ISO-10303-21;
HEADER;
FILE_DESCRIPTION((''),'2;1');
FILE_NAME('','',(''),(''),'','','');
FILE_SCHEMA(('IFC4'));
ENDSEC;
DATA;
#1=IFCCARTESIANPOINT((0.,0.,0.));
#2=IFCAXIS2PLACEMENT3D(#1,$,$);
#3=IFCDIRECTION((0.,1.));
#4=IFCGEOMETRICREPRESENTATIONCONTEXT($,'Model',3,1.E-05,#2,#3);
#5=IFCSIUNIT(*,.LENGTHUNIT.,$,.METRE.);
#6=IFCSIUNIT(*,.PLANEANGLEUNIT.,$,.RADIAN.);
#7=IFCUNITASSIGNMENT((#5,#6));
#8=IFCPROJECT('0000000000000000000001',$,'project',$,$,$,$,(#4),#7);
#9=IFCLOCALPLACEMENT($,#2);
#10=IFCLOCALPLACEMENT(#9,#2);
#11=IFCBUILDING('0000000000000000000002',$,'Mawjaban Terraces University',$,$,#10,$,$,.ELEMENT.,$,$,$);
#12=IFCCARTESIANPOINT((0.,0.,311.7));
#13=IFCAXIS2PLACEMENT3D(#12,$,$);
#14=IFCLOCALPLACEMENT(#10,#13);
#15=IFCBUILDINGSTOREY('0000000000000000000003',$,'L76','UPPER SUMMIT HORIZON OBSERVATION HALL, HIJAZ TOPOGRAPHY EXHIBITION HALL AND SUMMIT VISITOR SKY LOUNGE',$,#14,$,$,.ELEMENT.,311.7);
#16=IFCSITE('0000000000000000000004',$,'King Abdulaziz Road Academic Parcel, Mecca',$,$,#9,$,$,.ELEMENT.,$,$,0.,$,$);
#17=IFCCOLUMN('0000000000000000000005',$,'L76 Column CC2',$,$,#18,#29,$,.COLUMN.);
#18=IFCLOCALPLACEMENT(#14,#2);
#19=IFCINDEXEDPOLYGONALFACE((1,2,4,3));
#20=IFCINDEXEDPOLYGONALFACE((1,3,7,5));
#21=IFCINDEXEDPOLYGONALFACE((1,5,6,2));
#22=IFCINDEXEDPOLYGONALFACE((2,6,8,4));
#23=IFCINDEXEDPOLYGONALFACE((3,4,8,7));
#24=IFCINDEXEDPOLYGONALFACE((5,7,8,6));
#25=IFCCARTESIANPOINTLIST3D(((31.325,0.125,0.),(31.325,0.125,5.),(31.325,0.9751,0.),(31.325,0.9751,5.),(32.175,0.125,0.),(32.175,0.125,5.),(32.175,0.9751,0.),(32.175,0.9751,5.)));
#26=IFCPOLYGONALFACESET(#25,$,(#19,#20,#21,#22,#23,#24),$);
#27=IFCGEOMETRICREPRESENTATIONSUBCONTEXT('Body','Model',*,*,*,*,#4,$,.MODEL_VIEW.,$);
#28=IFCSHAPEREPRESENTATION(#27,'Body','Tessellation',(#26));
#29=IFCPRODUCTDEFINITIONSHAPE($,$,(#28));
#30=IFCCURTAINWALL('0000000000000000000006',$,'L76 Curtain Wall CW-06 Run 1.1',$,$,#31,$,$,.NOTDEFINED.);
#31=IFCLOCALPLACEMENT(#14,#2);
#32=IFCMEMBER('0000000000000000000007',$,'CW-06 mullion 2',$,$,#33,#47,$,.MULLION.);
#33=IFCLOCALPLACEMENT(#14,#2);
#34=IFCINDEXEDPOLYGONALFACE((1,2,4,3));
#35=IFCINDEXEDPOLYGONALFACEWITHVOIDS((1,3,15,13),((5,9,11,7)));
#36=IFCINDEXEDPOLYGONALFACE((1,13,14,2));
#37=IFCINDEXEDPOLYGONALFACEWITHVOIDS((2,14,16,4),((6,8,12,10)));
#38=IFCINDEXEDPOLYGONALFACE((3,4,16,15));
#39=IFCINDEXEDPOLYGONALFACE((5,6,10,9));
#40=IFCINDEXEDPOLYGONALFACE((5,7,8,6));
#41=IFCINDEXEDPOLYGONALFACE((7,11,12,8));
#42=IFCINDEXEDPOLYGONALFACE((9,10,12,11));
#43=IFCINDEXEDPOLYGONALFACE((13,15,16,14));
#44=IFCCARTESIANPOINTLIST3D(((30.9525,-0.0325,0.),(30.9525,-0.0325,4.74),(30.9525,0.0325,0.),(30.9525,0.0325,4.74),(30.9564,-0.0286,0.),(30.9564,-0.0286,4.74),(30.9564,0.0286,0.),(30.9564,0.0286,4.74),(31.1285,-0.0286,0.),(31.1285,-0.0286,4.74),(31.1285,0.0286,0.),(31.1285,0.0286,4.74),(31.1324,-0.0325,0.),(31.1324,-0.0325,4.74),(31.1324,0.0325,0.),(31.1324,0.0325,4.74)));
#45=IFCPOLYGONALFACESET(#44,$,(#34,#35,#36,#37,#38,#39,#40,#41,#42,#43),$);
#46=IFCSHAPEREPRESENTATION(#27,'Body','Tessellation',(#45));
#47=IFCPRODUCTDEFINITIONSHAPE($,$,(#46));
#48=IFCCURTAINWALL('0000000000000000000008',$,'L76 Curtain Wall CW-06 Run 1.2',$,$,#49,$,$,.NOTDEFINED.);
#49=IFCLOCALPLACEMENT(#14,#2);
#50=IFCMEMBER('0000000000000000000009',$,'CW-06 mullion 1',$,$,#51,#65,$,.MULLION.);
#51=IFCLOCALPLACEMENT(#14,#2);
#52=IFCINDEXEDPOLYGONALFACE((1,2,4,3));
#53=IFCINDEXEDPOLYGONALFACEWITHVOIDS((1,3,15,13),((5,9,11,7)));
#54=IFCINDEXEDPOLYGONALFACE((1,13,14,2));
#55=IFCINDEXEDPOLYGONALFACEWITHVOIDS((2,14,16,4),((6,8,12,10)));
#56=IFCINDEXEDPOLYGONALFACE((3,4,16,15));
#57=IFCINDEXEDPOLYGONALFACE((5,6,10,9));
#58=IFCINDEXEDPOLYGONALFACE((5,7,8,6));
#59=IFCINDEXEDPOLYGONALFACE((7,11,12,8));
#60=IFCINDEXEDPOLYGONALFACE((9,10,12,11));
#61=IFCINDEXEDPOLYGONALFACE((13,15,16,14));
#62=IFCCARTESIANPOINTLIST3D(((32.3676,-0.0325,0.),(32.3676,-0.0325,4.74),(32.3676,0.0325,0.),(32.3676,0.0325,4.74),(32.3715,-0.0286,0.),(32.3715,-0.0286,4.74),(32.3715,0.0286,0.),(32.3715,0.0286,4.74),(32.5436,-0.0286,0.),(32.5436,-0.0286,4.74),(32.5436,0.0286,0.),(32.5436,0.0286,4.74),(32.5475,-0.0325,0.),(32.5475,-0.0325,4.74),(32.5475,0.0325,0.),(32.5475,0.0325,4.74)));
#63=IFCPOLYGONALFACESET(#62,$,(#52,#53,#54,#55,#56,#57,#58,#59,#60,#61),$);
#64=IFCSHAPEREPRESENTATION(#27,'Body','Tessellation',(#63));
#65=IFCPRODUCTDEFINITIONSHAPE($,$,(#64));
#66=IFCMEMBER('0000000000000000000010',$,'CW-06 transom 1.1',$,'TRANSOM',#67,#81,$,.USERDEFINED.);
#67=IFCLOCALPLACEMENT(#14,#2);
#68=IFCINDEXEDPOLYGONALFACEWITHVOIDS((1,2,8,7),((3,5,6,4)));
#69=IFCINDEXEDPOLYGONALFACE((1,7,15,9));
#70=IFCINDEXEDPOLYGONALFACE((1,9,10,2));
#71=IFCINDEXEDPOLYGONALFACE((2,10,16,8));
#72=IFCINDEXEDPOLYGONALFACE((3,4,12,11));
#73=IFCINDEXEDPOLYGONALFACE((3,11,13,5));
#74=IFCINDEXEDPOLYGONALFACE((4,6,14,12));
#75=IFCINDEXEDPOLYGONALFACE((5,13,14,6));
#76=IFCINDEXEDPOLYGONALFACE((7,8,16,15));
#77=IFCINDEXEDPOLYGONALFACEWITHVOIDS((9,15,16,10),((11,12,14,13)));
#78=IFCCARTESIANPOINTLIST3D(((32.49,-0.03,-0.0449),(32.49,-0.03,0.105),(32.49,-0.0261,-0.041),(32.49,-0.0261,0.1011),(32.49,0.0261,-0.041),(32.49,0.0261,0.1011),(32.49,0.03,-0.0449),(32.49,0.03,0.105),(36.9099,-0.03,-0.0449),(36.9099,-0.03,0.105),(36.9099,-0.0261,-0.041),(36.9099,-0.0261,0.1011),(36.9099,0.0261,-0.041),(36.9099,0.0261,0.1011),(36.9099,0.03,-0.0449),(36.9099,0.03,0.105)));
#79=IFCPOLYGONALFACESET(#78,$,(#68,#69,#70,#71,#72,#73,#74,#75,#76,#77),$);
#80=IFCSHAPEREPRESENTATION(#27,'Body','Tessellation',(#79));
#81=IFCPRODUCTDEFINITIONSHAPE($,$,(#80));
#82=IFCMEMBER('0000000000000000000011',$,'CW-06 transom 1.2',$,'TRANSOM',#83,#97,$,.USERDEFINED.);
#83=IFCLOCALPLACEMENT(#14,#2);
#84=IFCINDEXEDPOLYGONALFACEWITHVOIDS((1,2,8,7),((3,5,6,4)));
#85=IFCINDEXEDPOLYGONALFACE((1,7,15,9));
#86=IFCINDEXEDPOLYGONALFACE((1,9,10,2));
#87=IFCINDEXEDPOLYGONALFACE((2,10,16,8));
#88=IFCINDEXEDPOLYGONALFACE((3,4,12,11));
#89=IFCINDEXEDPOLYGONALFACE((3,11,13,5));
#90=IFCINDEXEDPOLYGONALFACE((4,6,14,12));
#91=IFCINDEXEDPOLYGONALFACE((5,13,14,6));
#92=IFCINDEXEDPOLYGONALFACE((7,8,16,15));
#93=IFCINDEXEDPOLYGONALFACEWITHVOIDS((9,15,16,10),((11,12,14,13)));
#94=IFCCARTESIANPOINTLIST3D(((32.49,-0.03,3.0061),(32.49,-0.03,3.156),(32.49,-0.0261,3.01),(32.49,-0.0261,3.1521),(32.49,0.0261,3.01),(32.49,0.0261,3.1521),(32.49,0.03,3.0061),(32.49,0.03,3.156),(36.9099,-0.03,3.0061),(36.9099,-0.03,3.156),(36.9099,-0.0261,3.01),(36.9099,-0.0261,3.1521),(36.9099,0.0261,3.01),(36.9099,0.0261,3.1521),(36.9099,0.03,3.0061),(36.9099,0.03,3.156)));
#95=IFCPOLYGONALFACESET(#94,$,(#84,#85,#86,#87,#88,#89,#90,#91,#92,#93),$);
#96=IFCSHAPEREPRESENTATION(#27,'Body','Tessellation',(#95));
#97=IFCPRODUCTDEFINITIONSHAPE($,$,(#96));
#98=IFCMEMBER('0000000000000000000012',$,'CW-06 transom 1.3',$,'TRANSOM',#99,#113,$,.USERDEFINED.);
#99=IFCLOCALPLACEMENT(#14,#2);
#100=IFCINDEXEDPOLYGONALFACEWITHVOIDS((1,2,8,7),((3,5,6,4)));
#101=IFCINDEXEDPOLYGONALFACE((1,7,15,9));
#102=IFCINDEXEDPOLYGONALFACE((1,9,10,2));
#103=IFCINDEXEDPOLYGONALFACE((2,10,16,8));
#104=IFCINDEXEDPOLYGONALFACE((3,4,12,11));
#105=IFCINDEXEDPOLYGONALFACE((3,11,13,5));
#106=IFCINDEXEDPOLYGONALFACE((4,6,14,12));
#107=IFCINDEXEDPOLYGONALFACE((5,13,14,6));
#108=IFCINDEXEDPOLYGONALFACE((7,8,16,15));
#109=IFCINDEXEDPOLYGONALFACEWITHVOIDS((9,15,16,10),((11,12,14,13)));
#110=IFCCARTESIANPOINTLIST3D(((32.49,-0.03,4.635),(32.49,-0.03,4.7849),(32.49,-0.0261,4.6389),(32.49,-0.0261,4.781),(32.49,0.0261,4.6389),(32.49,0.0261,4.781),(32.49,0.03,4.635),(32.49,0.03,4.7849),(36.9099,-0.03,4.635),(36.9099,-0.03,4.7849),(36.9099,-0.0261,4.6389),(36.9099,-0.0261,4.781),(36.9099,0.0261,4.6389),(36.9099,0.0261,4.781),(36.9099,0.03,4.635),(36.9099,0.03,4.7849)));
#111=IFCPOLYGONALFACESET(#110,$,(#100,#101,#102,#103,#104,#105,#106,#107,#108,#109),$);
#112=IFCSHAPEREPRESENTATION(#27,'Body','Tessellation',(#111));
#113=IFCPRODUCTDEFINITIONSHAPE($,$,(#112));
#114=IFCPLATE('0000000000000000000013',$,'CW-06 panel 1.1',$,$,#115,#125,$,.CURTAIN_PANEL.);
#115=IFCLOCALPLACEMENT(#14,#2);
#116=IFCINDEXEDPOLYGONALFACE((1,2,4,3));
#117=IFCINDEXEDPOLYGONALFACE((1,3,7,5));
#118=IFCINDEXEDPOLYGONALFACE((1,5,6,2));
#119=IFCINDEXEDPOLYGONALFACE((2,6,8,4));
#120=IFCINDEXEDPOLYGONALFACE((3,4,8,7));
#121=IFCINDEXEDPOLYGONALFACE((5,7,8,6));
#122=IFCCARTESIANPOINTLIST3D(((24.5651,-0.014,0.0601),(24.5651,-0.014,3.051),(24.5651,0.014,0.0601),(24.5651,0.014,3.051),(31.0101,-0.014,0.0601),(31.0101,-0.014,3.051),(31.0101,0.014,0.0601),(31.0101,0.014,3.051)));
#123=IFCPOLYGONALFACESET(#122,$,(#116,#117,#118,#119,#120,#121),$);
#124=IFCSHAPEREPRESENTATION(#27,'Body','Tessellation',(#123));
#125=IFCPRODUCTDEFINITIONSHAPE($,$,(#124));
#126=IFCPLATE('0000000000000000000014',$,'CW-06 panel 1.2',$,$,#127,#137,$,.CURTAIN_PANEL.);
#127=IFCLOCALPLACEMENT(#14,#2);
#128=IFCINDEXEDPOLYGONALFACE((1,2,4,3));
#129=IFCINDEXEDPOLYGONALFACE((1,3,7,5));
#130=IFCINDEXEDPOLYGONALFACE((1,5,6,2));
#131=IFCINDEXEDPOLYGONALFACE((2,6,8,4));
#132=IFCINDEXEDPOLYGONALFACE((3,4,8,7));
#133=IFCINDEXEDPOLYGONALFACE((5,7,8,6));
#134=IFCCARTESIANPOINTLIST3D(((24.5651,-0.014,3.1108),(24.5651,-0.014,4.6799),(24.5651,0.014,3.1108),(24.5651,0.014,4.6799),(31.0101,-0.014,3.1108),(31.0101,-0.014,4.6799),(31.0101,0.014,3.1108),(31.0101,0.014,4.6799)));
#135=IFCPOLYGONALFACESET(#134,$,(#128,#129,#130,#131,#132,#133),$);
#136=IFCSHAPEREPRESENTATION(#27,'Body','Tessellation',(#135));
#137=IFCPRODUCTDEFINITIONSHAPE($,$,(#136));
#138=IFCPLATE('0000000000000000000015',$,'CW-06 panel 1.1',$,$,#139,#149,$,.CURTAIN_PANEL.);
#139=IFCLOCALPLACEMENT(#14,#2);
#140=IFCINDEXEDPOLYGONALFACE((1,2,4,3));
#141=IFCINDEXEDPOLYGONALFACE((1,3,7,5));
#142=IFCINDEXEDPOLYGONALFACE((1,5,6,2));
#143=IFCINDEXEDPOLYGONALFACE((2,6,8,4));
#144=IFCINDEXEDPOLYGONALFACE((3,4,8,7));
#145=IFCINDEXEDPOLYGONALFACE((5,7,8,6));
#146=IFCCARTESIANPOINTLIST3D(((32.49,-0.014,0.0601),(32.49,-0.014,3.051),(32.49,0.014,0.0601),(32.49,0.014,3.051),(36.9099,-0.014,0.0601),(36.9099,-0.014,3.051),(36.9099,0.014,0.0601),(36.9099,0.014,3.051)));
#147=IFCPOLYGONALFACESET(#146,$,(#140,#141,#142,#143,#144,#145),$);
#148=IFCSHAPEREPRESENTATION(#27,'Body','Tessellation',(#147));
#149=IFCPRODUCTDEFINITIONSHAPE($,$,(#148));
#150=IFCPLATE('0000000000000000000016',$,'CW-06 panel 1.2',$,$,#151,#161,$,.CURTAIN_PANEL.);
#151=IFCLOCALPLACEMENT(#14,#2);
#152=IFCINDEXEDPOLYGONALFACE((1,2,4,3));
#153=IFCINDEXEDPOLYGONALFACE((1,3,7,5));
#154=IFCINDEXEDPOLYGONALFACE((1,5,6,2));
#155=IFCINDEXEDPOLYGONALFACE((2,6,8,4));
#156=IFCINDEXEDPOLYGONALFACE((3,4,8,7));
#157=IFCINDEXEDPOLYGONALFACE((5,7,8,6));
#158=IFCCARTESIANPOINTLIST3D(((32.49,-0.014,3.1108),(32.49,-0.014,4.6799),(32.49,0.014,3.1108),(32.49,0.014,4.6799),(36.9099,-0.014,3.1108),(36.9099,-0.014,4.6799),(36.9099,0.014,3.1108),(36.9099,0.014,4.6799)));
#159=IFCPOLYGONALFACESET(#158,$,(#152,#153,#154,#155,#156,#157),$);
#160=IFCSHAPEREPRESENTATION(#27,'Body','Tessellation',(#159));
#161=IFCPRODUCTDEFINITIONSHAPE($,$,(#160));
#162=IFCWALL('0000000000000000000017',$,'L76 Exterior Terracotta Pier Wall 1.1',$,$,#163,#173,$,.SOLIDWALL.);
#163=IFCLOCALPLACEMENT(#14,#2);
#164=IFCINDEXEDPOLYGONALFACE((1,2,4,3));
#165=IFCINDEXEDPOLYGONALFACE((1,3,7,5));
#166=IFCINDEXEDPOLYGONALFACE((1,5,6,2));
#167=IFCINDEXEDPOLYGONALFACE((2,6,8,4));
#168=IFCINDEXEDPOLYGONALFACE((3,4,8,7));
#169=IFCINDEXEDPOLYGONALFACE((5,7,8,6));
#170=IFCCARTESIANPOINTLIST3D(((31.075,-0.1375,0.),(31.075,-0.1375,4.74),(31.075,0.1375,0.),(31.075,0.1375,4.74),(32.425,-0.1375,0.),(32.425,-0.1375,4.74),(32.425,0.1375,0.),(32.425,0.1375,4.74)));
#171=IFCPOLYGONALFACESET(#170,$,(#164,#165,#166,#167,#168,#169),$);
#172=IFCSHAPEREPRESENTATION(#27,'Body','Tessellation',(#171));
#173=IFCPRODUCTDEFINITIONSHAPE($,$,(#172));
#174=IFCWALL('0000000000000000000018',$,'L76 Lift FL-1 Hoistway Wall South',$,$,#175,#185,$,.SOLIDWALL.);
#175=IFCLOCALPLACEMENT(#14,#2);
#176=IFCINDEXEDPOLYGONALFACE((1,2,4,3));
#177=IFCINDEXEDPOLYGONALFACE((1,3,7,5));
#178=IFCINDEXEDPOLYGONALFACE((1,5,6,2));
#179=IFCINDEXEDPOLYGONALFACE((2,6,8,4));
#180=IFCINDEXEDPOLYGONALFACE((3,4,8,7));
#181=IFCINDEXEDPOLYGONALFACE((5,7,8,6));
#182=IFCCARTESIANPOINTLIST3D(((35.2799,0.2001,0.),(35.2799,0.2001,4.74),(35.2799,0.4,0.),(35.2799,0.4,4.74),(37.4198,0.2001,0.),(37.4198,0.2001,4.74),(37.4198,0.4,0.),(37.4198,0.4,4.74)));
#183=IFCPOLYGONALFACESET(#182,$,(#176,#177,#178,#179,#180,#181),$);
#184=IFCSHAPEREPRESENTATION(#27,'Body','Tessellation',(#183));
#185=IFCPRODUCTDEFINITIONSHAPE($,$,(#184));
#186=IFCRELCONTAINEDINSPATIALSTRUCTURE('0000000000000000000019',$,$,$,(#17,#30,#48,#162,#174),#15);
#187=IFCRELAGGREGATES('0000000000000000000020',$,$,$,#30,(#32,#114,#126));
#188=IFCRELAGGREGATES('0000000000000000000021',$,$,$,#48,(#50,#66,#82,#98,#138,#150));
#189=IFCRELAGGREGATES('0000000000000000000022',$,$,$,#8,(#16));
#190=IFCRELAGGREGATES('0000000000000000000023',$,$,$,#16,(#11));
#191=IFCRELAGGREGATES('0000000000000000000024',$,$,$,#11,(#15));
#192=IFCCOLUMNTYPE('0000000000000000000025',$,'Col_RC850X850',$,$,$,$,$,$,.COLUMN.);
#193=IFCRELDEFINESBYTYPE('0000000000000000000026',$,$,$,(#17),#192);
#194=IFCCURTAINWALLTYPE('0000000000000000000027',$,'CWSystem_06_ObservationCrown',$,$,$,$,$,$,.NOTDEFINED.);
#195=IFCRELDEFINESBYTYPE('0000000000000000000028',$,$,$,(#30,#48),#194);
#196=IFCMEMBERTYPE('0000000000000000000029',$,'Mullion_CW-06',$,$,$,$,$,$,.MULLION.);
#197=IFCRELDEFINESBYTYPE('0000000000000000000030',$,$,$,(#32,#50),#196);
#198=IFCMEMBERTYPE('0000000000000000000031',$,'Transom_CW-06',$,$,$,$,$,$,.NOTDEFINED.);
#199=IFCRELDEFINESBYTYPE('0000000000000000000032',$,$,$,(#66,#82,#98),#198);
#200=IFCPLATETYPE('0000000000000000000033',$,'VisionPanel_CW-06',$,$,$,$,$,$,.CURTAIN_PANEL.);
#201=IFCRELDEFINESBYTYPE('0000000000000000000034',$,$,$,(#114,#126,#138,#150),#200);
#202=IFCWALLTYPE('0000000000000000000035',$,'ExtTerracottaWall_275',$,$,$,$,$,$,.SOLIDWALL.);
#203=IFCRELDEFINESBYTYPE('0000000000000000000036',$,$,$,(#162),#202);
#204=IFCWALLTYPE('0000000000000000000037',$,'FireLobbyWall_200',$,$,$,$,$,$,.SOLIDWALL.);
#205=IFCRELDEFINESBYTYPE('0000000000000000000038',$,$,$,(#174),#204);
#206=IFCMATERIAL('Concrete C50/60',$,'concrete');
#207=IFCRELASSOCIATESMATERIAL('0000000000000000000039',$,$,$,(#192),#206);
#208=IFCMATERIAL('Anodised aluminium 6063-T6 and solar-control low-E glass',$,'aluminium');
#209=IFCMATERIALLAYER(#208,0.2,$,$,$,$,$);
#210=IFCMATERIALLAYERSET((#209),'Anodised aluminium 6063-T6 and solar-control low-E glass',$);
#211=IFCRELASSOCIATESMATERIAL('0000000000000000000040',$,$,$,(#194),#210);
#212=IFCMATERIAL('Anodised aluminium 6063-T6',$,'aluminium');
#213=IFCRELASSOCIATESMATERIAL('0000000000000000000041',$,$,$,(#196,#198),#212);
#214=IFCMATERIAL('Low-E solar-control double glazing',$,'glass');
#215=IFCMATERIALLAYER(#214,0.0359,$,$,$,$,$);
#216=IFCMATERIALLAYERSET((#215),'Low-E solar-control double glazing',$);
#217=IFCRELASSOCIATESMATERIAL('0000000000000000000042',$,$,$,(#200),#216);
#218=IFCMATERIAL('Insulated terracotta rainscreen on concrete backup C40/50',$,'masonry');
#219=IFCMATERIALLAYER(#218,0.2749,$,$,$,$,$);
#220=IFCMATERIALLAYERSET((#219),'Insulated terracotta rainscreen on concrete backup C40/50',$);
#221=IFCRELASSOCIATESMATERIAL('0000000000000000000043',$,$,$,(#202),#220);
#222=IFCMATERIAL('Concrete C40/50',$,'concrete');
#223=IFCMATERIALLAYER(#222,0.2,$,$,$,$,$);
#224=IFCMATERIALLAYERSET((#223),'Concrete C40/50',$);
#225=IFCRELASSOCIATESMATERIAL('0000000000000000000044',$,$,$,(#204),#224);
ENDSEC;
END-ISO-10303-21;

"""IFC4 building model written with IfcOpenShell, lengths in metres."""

from ifc_helpers import new_model, si_unit, direction, frame, frame_2d, origin, origin_2d, place, context, subcontext, project, spatial, rectangle, hollow_rectangle, extrude, material, layer, layer_set, material_profile, profile_set, type_object, element, aggregate, save


model = new_model("IFC4")

# Units and contexts
model_context = context("Model", 3, precision=1e-05, world=origin(), true_north=direction((0.0, 1.0)))
body_context = subcontext(model_context, "Body", "Model", "MODEL_VIEW")
ifc_project = project(units=[si_unit("LENGTHUNIT", "METRE"), si_unit("PLANEANGLEUNIT", "RADIAN")], contexts=[model_context])

# Site, building, storey
site_placement = place(None, origin())
site = spatial("IfcSite", under=ifc_project, at=site_placement, Name="King Abdulaziz Road Academic Parcel, Mecca", CompositionType="ELEMENT", RefElevation=0.0)
building_placement = place(site_placement, origin())
building = spatial("IfcBuilding", under=site, at=building_placement, Name="Mawjaban Terraces University", CompositionType="ELEMENT")
storey_placement = place(building_placement, frame((0.0, 0.0, 311.7)))
storey = spatial("IfcBuildingStorey", under=building, at=storey_placement, Name="L76", Description="UPPER SUMMIT HORIZON OBSERVATION HALL, HIJAZ TOPOGRAPHY EXHIBITION HALL AND SUMMIT VISITOR SKY LOUNGE", CompositionType="ELEMENT", Elevation=311.7)

# Column
ifc_material_1 = material(Name="Concrete C50/60", Category="concrete")
ifc_material_profile_1 = material_profile(ifc_material_1, rectangle(XDim=0.8501, YDim=0.8501, at=origin_2d()), Name="RC850X850")
ifc_profile_set_1 = profile_set([ifc_material_profile_1], Name="Concrete C50/60")
column_type = type_object("IfcColumnType", Name="Col_RC850X850", PredefinedType="COLUMN", material=ifc_profile_set_1)
column_placement = place(storey_placement, frame((31.75, 0.55, 0.0), z_axis=(0.0, 0.0, 1.0), x_axis=(1.0, 0.0, 0.0)))
element("IfcColumn", 1, at=column_placement, inside=storey, type_object=column_type, Name="L76 Column CC2", PredefinedType="COLUMN", context=body_context, shape_type="SweptSolid", body=[
    extrude(rectangle(XDim=0.8501, YDim=0.8501, at=origin_2d()), origin(), (0.0, 0.0, 1.0), 5.0),
])

# Curtain wall, member
ifc_material_2 = material(Name="Anodised aluminium 6063-T6 and solar-control low-E glass", Category="aluminium")
ifc_layer_1 = layer(ifc_material_2, 0.2)
ifc_layer_set_1 = layer_set([ifc_layer_1], Name="Anodised aluminium 6063-T6 and solar-control low-E glass")
curtain_wall_type = type_object("IfcCurtainWallType", Name="CWSystem_06_ObservationCrown", PredefinedType="NOTDEFINED", material=ifc_layer_set_1)
curtain_wall_1_placement = place(storey_placement, origin())
curtain_wall_1 = element("IfcCurtainWall", 2, at=curtain_wall_1_placement, inside=storey, type_object=curtain_wall_type, Name="L76 Curtain Wall CW-06 Run 1.1", PredefinedType="NOTDEFINED")
ifc_material_3 = material(Name="Anodised aluminium 6063-T6", Category="aluminium")
ifc_material_profile_2 = material_profile(ifc_material_3, hollow_rectangle(XDim=0.0649, YDim=0.1799, WallThickness=0.0039, at=origin_2d()), Name="ALU180X65X4")
ifc_profile_set_2 = profile_set([ifc_material_profile_2], Name="Anodised aluminium 6063-T6")
member_type_1 = type_object("IfcMemberType", Name="Mullion_CW-06", PredefinedType="MULLION", material=ifc_profile_set_2)
member_1_placement = place(storey_placement, frame((31.0425, 0.0, 0.0), z_axis=(0.0, 0.0, 1.0), x_axis=(0.0, 1.0, 0.0)))
member_1 = element("IfcMember", 3, at=member_1_placement, type_object=member_type_1, Name="CW-06 mullion 2", PredefinedType="MULLION", context=body_context, shape_type="SweptSolid", body=[
    extrude(hollow_rectangle(XDim=0.0649, YDim=0.1799, WallThickness=0.0039, at=origin_2d()), origin(), (0.0, 0.0, 1.0), 4.74),
])

# Curtain wall, members
curtain_wall_2_placement = place(storey_placement, origin())
curtain_wall_2 = element("IfcCurtainWall", 4, at=curtain_wall_2_placement, inside=storey, type_object=curtain_wall_type, Name="L76 Curtain Wall CW-06 Run 1.2", PredefinedType="NOTDEFINED")
member_2_placement = place(storey_placement, frame((32.4575, 0.0, 0.0), z_axis=(0.0, 0.0, 1.0), x_axis=(0.0, 1.0, 0.0)))
member_2 = element("IfcMember", 5, at=member_2_placement, type_object=member_type_1, Name="CW-06 mullion 1", PredefinedType="MULLION", context=body_context, shape_type="SweptSolid", body=[
    extrude(hollow_rectangle(XDim=0.0649, YDim=0.1799, WallThickness=0.0039, at=origin_2d()), origin(), (0.0, 0.0, 1.0), 4.74),
])
ifc_material_profile_3 = material_profile(ifc_material_3, hollow_rectangle(XDim=0.0601, YDim=0.1499, WallThickness=0.0039, at=origin_2d()), Name="ALU150X60X4")
ifc_profile_set_3 = profile_set([ifc_material_profile_3], Name="Anodised aluminium 6063-T6")
member_type_2 = type_object("IfcMemberType", Name="Transom_CW-06", PredefinedType="NOTDEFINED", material=ifc_profile_set_3)
member_3_placement = place(storey_placement, frame((32.49, 0.0, 0.03), z_axis=(1.0, 0.0, 0.0), x_axis=(0.0, 1.0, 0.0)))
member_3 = element("IfcMember", 6, at=member_3_placement, type_object=member_type_2, Name="CW-06 transom 1.1", ObjectType="TRANSOM", PredefinedType="USERDEFINED", context=body_context, shape_type="SweptSolid", body=[
    extrude(hollow_rectangle(XDim=0.0601, YDim=0.1499, WallThickness=0.0039, at=origin_2d()), origin(), (0.0, 0.0, 1.0), 4.4199),
])
member_4_placement = place(storey_placement, frame((32.49, 0.0, 3.0811), z_axis=(1.0, 0.0, 0.0), x_axis=(0.0, 1.0, 0.0)))
member_4 = element("IfcMember", 7, at=member_4_placement, type_object=member_type_2, Name="CW-06 transom 1.2", ObjectType="TRANSOM", PredefinedType="USERDEFINED", context=body_context, shape_type="SweptSolid", body=[
    extrude(hollow_rectangle(XDim=0.0601, YDim=0.1499, WallThickness=0.0039, at=origin_2d()), origin(), (0.0, 0.0, 1.0), 4.4199),
])
member_5_placement = place(storey_placement, frame((32.49, 0.0, 4.71), z_axis=(1.0, 0.0, 0.0), x_axis=(0.0, 1.0, 0.0)))
member_5 = element("IfcMember", 8, at=member_5_placement, type_object=member_type_2, Name="CW-06 transom 1.3", ObjectType="TRANSOM", PredefinedType="USERDEFINED", context=body_context, shape_type="SweptSolid", body=[
    extrude(hollow_rectangle(XDim=0.0601, YDim=0.1499, WallThickness=0.0039, at=origin_2d()), origin(), (0.0, 0.0, 1.0), 4.4199),
])

# Plates
ifc_material_4 = material(Name="Low-E solar-control double glazing", Category="glass")
ifc_layer_2 = layer(ifc_material_4, 0.0359)
ifc_layer_set_2 = layer_set([ifc_layer_2], Name="Low-E solar-control double glazing")
plate_type = type_object("IfcPlateType", Name="VisionPanel_CW-06", PredefinedType="CURTAIN_PANEL", material=ifc_layer_set_2)
plate_1_placement = place(storey_placement, frame((27.7876, 0.0, 0.0601), z_axis=(0.0, 0.0, 1.0), x_axis=(1.0, 0.0, 0.0)))
plate_1 = element("IfcPlate", 9, at=plate_1_placement, type_object=plate_type, Name="CW-06 panel 1.1", PredefinedType="CURTAIN_PANEL", context=body_context, shape_type="SweptSolid", body=[
    extrude(rectangle(XDim=6.4451, YDim=0.0281, at=origin_2d()), origin(), (0.0, 0.0, 1.0), 2.991),
])
plate_2_placement = place(storey_placement, frame((27.7876, 0.0, 3.1108), z_axis=(0.0, 0.0, 1.0), x_axis=(1.0, 0.0, 0.0)))
plate_2 = element("IfcPlate", 10, at=plate_2_placement, type_object=plate_type, Name="CW-06 panel 1.2", PredefinedType="CURTAIN_PANEL", context=body_context, shape_type="SweptSolid", body=[
    extrude(rectangle(XDim=6.4451, YDim=0.0281, at=origin_2d()), origin(), (0.0, 0.0, 1.0), 1.5691),
])
aggregate(curtain_wall_1, [member_1, plate_1, plate_2])
plate_3_placement = place(storey_placement, frame((34.7, 0.0, 0.0601), z_axis=(0.0, 0.0, 1.0), x_axis=(1.0, 0.0, 0.0)))
plate_3 = element("IfcPlate", 11, at=plate_3_placement, type_object=plate_type, Name="CW-06 panel 1.1", PredefinedType="CURTAIN_PANEL", context=body_context, shape_type="SweptSolid", body=[
    extrude(rectangle(XDim=4.4199, YDim=0.0281, at=origin_2d()), origin(), (0.0, 0.0, 1.0), 2.991),
])
plate_4_placement = place(storey_placement, frame((34.7, 0.0, 3.1108), z_axis=(0.0, 0.0, 1.0), x_axis=(1.0, 0.0, 0.0)))
plate_4 = element("IfcPlate", 12, at=plate_4_placement, type_object=plate_type, Name="CW-06 panel 1.2", PredefinedType="CURTAIN_PANEL", context=body_context, shape_type="SweptSolid", body=[
    extrude(rectangle(XDim=4.4199, YDim=0.0281, at=origin_2d()), origin(), (0.0, 0.0, 1.0), 1.5691),
])
aggregate(curtain_wall_2, [member_2, member_3, member_4, member_5, plate_3, plate_4])

# Wall
ifc_material_5 = material(Name="Insulated terracotta rainscreen on concrete backup C40/50", Category="masonry")
ifc_layer_3 = layer(ifc_material_5, 0.2749)
ifc_layer_set_3 = layer_set([ifc_layer_3], Name="Insulated terracotta rainscreen on concrete backup C40/50")
wall_type_1 = type_object("IfcWallType", Name="ExtTerracottaWall_275", PredefinedType="SOLIDWALL", material=ifc_layer_set_3)
wall_1_placement = place(storey_placement, frame((31.075, 0.0, 0.0), z_axis=(0.0, 0.0, 1.0), x_axis=(1.0, 0.0, 0.0)))
element("IfcWall", 13, at=wall_1_placement, inside=storey, type_object=wall_type_1, Name="L76 Exterior Terracotta Pier Wall 1.1", PredefinedType="SOLIDWALL", context=body_context, shape_type="SweptSolid", body=[
    extrude(rectangle(XDim=1.3501, YDim=0.2749, at=frame_2d((0.675, 0.0))), origin(), (0.0, 0.0, 1.0), 4.74),
])

# Shared definitions
ifc_material_6 = material(Name="Concrete C40/50", Category="concrete")
ifc_layer_4 = layer(ifc_material_6, 0.2)
ifc_layer_set_4 = layer_set([ifc_layer_4], Name="Concrete C40/50")
wall_type_2 = type_object("IfcWallType", Name="FireLobbyWall_200", PredefinedType="SOLIDWALL", material=ifc_layer_set_4)

# Wall
wall_2_placement = place(storey_placement, frame((35.28, 0.3, 0.0), z_axis=(0.0, 0.0, 1.0), x_axis=(1.0, 0.0, 0.0)))
element("IfcWall", 14, at=wall_2_placement, inside=storey, type_object=wall_type_2, Name="L76 Lift FL-1 Hoistway Wall South", PredefinedType="SOLIDWALL", context=body_context, shape_type="SweptSolid", body=[
    extrude(rectangle(XDim=2.1399, YDim=0.2, at=frame_2d((1.0698, 0.0))), origin(), (0.0, 0.0, 1.0), 4.74),
])

save(model, "model.ifc")
